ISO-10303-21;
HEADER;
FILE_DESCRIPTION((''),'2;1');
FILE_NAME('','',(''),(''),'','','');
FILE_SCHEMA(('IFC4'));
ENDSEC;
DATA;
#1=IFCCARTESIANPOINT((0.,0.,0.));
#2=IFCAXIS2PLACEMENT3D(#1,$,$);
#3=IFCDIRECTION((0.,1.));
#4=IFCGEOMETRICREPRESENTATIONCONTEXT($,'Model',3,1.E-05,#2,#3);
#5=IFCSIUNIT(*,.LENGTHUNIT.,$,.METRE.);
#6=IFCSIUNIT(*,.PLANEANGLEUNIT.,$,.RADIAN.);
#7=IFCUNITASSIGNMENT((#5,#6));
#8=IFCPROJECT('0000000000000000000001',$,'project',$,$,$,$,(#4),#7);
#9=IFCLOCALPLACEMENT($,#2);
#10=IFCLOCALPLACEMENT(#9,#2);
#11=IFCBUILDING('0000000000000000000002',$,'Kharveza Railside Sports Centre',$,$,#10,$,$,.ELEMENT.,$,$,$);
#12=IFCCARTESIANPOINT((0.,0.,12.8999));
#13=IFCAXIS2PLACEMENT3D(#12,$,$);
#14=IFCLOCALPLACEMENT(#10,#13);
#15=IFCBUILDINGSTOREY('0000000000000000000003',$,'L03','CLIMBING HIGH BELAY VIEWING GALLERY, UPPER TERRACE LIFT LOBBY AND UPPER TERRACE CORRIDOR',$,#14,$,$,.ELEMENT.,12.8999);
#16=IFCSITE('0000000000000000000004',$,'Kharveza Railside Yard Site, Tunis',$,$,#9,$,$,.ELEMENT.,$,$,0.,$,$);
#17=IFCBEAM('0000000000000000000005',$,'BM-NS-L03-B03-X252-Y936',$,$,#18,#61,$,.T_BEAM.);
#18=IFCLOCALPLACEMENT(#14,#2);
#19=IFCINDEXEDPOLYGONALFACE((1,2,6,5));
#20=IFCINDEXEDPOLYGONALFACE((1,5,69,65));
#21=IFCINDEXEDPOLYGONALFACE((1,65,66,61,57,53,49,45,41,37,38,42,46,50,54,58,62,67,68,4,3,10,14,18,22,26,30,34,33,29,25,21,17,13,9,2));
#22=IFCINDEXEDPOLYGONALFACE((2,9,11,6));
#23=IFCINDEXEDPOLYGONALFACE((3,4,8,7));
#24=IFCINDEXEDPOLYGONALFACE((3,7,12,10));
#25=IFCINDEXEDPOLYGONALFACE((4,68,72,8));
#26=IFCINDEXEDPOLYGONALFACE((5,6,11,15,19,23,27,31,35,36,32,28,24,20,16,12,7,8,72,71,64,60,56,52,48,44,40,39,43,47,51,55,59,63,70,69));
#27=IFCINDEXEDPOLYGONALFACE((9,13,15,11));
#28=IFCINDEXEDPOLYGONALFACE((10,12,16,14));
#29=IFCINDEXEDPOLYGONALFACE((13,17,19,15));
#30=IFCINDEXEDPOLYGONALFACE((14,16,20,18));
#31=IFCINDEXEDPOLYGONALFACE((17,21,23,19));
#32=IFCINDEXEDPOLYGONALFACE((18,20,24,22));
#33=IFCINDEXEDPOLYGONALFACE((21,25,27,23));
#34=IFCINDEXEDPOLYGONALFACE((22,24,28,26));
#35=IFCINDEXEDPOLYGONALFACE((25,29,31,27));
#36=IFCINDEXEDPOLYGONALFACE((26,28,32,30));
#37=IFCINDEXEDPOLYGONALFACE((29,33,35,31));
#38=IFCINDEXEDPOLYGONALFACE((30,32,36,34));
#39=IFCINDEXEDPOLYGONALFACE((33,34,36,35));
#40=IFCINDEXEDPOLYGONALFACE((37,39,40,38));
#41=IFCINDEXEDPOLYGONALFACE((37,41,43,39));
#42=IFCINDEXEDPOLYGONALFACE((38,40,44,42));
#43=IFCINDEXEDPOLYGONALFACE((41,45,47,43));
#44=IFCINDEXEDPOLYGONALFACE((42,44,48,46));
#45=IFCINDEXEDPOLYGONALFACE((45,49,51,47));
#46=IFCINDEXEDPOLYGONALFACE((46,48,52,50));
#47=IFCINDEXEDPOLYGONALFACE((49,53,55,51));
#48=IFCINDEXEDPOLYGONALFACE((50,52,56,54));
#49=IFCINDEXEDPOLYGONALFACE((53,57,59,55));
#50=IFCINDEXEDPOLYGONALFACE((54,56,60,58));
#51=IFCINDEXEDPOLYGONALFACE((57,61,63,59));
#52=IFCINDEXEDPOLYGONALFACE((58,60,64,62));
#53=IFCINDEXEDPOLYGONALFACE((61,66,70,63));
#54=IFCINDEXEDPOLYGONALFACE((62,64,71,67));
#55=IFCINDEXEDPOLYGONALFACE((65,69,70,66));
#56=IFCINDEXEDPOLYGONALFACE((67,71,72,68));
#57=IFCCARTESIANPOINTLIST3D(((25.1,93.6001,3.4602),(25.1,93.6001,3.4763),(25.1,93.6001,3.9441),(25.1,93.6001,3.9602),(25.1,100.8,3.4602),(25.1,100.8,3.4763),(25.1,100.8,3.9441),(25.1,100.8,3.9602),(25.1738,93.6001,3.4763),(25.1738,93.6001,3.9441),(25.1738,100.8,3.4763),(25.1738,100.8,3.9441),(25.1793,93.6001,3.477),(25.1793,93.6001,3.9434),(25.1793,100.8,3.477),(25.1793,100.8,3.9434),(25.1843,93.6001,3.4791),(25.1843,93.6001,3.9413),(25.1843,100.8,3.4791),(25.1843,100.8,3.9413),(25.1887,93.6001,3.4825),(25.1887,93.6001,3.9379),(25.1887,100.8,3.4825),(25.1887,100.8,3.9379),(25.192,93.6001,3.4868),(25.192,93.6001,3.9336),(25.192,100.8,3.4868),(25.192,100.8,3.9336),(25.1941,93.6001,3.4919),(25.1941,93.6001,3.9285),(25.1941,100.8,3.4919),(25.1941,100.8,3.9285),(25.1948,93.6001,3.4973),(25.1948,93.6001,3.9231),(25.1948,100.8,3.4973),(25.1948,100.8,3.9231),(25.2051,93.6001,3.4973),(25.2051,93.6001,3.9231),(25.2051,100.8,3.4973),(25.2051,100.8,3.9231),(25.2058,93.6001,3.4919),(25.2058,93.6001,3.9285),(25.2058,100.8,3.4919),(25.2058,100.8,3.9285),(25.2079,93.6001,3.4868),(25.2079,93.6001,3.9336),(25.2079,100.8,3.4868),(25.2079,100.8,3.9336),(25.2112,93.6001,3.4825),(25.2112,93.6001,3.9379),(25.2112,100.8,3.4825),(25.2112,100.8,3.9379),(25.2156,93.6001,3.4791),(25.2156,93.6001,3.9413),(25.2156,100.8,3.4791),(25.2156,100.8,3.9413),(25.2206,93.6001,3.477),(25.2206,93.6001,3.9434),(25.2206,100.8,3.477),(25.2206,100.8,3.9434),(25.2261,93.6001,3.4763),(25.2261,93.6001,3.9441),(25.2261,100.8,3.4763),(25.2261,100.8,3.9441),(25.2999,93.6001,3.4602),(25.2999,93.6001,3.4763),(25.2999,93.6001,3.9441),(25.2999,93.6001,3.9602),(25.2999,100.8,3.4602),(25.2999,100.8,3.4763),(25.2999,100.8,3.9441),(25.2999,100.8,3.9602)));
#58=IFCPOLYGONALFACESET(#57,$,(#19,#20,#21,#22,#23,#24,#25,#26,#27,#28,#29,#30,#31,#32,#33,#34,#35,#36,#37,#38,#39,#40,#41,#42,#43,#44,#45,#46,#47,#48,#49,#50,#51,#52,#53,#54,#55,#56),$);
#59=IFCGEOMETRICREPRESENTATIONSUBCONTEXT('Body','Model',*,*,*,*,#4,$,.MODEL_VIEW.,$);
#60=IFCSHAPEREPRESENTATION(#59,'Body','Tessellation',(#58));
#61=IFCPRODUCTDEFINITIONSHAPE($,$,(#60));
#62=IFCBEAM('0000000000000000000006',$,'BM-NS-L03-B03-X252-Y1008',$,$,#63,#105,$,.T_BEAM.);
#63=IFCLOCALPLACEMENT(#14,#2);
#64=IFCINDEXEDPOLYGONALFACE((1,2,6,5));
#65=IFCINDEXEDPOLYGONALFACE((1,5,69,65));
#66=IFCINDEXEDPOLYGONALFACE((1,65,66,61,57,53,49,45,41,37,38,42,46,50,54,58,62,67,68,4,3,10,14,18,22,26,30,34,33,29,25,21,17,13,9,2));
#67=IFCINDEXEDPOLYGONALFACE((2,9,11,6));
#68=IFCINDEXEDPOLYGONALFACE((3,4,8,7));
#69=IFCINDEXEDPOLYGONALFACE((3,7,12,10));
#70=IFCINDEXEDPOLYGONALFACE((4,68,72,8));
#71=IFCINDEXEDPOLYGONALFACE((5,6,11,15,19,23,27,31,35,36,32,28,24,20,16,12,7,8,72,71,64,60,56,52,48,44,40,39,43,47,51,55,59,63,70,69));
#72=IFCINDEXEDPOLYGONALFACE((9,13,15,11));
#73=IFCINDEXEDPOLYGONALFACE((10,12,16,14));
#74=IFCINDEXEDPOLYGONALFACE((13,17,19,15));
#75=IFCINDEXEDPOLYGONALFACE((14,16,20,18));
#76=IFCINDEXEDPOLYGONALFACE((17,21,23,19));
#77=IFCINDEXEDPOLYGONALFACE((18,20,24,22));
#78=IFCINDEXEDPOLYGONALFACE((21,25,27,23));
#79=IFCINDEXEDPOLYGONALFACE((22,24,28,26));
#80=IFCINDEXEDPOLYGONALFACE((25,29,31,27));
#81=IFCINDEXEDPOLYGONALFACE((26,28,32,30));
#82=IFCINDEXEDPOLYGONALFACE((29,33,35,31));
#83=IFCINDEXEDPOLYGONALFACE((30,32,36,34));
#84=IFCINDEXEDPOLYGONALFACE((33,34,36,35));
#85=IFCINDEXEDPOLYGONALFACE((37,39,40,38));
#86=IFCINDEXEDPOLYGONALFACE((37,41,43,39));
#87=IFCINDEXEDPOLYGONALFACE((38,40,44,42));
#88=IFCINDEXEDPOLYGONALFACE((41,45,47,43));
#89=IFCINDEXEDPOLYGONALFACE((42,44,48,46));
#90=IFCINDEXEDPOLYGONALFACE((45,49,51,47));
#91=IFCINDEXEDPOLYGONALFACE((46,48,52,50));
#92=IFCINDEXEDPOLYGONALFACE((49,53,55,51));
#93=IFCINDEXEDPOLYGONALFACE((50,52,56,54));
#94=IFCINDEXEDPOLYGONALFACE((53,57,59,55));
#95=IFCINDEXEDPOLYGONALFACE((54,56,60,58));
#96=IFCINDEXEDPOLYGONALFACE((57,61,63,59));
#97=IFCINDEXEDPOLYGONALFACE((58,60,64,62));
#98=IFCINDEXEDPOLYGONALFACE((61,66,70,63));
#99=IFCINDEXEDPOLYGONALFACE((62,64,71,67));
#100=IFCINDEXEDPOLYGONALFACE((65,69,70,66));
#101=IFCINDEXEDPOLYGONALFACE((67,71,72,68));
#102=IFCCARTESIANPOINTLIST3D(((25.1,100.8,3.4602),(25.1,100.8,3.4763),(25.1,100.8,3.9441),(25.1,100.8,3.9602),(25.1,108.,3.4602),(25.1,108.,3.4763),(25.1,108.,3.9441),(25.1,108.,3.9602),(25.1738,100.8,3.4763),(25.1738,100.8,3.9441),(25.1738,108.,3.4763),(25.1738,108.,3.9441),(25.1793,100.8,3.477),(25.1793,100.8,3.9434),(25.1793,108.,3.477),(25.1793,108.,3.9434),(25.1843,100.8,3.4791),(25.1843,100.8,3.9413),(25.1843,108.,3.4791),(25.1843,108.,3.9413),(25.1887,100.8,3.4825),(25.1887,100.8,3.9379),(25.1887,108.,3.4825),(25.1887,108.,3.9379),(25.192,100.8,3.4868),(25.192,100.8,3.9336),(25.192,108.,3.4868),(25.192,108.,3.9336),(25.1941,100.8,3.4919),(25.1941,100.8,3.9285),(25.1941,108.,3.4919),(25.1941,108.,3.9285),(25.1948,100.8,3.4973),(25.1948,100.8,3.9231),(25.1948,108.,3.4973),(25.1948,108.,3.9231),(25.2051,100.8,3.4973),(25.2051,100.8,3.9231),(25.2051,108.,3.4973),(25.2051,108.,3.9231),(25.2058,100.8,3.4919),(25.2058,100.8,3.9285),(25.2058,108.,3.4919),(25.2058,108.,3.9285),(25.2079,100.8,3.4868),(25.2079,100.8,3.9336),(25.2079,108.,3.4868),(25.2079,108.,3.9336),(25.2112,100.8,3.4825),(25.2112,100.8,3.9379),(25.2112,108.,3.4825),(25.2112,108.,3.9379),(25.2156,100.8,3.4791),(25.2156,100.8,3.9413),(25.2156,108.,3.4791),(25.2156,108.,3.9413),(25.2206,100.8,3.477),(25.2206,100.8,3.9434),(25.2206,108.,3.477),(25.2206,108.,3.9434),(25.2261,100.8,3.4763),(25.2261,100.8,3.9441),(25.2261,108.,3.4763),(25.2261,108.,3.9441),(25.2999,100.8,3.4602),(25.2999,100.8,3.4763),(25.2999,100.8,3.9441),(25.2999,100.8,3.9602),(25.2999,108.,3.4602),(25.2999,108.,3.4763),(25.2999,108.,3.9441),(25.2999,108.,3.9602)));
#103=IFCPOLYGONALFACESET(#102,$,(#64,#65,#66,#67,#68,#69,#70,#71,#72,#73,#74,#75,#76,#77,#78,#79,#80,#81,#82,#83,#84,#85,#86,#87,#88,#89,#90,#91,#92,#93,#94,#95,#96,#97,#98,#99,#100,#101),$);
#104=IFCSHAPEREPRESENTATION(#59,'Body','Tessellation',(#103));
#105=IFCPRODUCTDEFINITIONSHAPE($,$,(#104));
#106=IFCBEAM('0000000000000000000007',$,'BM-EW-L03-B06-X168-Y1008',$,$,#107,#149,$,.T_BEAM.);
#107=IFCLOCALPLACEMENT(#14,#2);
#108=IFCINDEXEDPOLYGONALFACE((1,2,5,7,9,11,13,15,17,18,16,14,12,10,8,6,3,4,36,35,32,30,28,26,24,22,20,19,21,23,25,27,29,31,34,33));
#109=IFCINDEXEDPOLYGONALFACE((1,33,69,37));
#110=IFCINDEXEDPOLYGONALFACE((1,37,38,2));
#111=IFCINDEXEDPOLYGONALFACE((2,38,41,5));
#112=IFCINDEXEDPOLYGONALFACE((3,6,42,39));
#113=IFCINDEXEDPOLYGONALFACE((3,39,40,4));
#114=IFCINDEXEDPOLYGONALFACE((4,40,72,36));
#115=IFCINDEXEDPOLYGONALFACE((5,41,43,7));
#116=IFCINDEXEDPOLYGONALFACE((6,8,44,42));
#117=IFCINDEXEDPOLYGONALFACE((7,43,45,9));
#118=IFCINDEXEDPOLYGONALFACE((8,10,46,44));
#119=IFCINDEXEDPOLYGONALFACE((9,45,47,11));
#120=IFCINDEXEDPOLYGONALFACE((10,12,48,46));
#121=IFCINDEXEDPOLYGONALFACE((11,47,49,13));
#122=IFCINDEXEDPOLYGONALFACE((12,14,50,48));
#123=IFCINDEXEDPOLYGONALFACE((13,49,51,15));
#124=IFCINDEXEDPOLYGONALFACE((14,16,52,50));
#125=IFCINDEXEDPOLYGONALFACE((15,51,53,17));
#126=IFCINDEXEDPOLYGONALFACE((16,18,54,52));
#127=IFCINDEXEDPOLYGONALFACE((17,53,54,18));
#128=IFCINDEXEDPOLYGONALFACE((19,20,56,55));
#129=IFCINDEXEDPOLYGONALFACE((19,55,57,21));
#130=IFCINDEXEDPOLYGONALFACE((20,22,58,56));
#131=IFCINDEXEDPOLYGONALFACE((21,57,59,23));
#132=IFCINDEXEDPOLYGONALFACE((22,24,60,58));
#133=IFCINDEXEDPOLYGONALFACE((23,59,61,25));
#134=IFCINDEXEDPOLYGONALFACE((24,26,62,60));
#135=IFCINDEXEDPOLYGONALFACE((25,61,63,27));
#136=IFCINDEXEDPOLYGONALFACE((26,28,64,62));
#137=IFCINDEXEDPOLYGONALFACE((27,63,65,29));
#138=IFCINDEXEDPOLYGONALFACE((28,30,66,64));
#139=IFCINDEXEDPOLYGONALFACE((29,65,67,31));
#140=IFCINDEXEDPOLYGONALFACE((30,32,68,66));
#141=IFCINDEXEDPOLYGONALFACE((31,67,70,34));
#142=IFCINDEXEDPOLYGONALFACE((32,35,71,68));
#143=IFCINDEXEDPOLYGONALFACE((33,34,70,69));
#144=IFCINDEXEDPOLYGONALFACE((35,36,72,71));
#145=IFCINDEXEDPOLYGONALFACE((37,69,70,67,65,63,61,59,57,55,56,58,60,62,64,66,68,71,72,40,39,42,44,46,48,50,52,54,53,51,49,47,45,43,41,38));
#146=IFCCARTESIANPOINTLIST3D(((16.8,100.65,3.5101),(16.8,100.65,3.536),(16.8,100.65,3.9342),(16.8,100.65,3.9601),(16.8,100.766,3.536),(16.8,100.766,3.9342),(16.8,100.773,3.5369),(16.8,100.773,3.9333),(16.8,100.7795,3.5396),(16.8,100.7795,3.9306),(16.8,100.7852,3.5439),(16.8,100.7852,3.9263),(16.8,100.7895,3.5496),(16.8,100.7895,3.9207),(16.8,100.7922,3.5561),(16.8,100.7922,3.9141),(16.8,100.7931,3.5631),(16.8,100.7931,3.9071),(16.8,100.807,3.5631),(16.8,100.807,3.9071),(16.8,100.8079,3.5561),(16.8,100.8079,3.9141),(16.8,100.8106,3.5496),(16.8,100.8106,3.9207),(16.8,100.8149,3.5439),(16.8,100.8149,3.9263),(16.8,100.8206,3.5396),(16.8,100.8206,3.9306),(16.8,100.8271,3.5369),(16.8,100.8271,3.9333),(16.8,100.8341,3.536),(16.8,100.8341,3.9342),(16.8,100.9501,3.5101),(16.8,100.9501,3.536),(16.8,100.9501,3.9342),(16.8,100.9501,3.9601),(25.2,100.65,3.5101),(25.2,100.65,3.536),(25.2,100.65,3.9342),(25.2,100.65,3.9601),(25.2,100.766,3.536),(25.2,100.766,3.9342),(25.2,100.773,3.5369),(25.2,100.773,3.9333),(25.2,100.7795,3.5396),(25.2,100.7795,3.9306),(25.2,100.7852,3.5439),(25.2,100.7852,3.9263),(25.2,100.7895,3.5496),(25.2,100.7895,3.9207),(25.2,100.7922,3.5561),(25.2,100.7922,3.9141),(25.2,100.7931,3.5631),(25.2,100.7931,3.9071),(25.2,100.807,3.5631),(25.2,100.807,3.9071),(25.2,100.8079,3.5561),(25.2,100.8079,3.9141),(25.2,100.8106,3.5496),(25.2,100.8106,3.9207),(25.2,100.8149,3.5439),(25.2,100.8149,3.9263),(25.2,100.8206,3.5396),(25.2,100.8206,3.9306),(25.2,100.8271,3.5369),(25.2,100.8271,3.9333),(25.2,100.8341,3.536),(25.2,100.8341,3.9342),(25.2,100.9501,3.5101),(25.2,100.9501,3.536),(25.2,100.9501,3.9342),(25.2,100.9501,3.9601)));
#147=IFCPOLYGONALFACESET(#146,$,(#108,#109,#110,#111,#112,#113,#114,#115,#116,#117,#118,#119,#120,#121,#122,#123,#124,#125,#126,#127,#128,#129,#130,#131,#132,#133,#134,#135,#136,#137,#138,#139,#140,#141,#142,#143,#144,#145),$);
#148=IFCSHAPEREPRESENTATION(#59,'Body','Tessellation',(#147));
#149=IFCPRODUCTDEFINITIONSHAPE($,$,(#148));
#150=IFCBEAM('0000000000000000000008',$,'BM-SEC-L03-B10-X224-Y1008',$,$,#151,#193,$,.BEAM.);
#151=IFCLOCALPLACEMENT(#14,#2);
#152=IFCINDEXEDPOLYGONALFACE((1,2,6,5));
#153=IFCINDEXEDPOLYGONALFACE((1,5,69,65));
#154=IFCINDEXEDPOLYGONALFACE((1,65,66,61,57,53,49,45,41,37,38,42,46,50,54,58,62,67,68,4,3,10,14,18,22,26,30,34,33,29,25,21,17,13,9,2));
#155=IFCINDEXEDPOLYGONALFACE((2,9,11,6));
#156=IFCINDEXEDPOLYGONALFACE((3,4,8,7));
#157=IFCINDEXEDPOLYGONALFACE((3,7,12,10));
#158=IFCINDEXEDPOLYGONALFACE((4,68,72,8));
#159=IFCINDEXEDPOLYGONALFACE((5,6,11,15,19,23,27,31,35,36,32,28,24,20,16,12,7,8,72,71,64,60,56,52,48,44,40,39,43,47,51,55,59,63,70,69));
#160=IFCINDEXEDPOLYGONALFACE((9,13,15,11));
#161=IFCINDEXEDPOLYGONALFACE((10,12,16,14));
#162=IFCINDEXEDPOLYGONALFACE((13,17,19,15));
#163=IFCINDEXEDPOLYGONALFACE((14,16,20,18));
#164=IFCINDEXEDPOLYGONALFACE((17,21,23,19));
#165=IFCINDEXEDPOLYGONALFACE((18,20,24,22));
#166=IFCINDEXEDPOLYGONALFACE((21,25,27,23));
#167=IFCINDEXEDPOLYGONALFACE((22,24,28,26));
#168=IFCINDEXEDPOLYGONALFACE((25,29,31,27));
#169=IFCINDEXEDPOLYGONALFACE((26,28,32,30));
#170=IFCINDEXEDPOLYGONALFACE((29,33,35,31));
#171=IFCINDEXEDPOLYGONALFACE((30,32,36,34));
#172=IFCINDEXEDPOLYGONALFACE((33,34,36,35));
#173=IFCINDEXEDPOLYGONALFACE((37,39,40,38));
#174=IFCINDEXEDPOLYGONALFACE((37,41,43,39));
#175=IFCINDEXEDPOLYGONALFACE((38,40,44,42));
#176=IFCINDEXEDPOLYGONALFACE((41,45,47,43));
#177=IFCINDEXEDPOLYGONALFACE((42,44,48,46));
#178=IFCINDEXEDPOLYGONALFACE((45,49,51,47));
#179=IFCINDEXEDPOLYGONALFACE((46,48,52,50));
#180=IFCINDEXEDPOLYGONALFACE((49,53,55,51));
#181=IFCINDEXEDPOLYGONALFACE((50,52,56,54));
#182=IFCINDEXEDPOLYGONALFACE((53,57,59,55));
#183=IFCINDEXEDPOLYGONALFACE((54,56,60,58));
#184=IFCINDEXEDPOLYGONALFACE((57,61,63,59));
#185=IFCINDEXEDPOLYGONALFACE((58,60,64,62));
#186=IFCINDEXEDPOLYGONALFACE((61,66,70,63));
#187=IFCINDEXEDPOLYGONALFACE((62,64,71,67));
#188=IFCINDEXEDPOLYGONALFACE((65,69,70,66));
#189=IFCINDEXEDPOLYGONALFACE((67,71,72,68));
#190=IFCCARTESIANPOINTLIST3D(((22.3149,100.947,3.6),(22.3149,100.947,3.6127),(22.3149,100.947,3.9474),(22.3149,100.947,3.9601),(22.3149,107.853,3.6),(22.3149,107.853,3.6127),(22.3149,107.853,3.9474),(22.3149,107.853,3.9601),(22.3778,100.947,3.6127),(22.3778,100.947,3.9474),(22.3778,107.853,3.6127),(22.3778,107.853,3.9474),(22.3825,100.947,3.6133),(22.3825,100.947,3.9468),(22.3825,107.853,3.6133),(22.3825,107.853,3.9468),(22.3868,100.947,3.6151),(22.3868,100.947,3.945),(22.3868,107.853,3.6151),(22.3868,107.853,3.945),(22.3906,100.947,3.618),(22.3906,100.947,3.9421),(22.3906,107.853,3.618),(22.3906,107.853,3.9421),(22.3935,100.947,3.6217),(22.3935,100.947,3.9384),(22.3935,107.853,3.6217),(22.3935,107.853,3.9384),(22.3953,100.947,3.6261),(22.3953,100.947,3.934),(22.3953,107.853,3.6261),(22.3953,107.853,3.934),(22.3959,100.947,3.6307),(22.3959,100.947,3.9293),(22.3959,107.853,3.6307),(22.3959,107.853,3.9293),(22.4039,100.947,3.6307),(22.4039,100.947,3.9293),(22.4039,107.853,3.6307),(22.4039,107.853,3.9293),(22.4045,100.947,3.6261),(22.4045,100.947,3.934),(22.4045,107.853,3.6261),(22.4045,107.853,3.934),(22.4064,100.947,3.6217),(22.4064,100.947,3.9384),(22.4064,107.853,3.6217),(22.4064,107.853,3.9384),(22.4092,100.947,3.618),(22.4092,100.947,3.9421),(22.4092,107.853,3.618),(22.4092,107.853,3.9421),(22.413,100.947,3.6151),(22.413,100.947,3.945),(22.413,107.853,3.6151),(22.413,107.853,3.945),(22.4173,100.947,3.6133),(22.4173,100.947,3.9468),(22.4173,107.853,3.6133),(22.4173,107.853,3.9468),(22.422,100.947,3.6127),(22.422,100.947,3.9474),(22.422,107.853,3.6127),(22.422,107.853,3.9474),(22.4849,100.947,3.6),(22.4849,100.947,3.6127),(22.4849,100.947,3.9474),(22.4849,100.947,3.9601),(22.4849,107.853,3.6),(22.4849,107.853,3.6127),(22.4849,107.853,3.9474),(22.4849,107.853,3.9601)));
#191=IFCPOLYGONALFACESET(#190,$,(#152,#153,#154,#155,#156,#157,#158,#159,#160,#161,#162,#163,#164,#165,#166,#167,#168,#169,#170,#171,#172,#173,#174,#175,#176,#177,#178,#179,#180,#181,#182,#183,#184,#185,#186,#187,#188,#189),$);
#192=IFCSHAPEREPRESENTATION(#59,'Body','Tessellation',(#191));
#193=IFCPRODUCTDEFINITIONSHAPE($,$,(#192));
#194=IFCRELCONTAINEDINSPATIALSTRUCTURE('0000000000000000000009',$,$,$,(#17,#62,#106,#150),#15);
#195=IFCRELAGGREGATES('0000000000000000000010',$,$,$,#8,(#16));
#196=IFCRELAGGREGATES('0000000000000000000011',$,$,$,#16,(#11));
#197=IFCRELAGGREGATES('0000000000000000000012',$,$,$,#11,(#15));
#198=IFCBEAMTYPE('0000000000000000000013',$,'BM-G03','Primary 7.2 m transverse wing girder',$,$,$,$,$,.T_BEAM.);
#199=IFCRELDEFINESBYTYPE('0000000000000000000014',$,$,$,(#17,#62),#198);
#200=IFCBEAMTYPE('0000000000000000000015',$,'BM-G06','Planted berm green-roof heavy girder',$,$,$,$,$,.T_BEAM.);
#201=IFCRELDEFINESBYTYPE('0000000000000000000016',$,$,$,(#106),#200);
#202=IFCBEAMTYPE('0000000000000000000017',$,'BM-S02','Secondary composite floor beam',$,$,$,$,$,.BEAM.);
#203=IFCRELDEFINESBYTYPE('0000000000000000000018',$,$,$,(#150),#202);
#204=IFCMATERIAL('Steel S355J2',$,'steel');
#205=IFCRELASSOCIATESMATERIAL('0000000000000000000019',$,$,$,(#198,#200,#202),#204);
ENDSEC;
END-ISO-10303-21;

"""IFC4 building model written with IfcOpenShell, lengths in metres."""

from ifc_helpers import new_model, si_unit, direction, frame, origin, origin_2d, place, context, subcontext, project, spatial, i_section, extrude, material, material_profile, profile_set, type_object, element, save


model = new_model("IFC4")

# Units and contexts
model_context = context("Model", 3, precision=1e-05, world=origin(), true_north=direction((0.0, 1.0)))
body_context = subcontext(model_context, "Body", "Model", "MODEL_VIEW")
ifc_project = project(units=[si_unit("LENGTHUNIT", "METRE"), si_unit("PLANEANGLEUNIT", "RADIAN")], contexts=[model_context])

# Site, building, storey
site_placement = place(None, origin())
site = spatial("IfcSite", under=ifc_project, at=site_placement, Name="Kharveza Railside Yard Site, Tunis", CompositionType="ELEMENT", RefElevation=0.0)
building_placement = place(site_placement, origin())
building = spatial("IfcBuilding", under=site, at=building_placement, Name="Kharveza Railside Sports Centre", CompositionType="ELEMENT")
storey_placement = place(building_placement, frame((0.0, 0.0, 12.8999)))
storey = spatial("IfcBuildingStorey", under=building, at=storey_placement, Name="L03", Description="CLIMBING HIGH BELAY VIEWING GALLERY, UPPER TERRACE LIFT LOBBY AND UPPER TERRACE CORRIDOR", CompositionType="ELEMENT", Elevation=12.8999)

# Shared definitions
ifc_material_1 = material(Name="Steel S355J2", Category="steel")

# Beams
ifc_material_profile_1 = material_profile(ifc_material_1, i_section(OverallWidth=0.2, OverallDepth=0.5, WebThickness=0.0103, FlangeThickness=0.0161, FilletRadius=0.021, at=origin_2d()), Name="IPE 500")
ifc_profile_set_1 = profile_set([ifc_material_profile_1], Name="Steel S355J2")
beam_type_1 = type_object("IfcBeamType", Name="BM-G03", Description="Primary 7.2 m transverse wing girder", PredefinedType="T_BEAM", material=ifc_profile_set_1)
for number, where, z_axis, x_axis, name in (
    (1, (25.2, 93.6001, 3.7102), (0.0, 1.0, 0.0), (-1.0, 0.0, 0.0), "BM-NS-L03-B03-X252-Y936"),
    (2, (25.2, 100.8, 3.7102), (0.0, 1.0, 0.0), (-1.0, 0.0, 0.0), "BM-NS-L03-B03-X252-Y1008"),
):
    element("IfcBeam", number, at=place(storey_placement, frame(where, z_axis=z_axis, x_axis=x_axis)), inside=storey, type_object=beam_type_1, Name=name, PredefinedType="T_BEAM", context=body_context, shape_type="SweptSolid", body=[
        extrude(i_section(OverallWidth=0.2, OverallDepth=0.5, WebThickness=0.0103, FlangeThickness=0.0161, FilletRadius=0.021, at=origin_2d()), origin(), (0.0, 0.0, 1.0), 7.2),
    ])
ifc_material_profile_2 = material_profile(ifc_material_1, i_section(OverallWidth=0.3, OverallDepth=0.45, WebThickness=0.0139, FlangeThickness=0.0259, FilletRadius=0.0271, at=origin_2d()), Name="HEB 450")
ifc_profile_set_2 = profile_set([ifc_material_profile_2], Name="Steel S355J2")
beam_type_2 = type_object("IfcBeamType", Name="BM-G06", Description="Planted berm green-roof heavy girder", PredefinedType="T_BEAM", material=ifc_profile_set_2)
beam_1_placement = place(storey_placement, frame((16.8, 100.8, 3.7351), z_axis=(1.0, 0.0, 0.0), x_axis=(0.0, 1.0, 0.0)))
element("IfcBeam", 3, at=beam_1_placement, inside=storey, type_object=beam_type_2, Name="BM-EW-L03-B06-X168-Y1008", PredefinedType="T_BEAM", context=body_context, shape_type="SweptSolid", body=[
    extrude(i_section(OverallWidth=0.3, OverallDepth=0.45, WebThickness=0.0139, FlangeThickness=0.0259, FilletRadius=0.0271, at=origin_2d()), origin(), (0.0, 0.0, 1.0), 8.3999),
])
ifc_material_profile_3 = material_profile(ifc_material_1, i_section(OverallWidth=0.1699, OverallDepth=0.3601, WebThickness=0.0081, FlangeThickness=0.0127, FilletRadius=0.0181, at=origin_2d()), Name="IPE 360")
ifc_profile_set_3 = profile_set([ifc_material_profile_3], Name="Steel S355J2")
beam_type_3 = type_object("IfcBeamType", Name="BM-S02", Description="Secondary composite floor beam", PredefinedType="BEAM", material=ifc_profile_set_3)
beam_2_placement = place(storey_placement, frame((22.3999, 100.947, 3.78), z_axis=(0.0, 1.0, 0.0), x_axis=(-1.0, 0.0, 0.0)))
element("IfcBeam", 4, at=beam_2_placement, inside=storey, type_object=beam_type_3, Name="BM-SEC-L03-B10-X224-Y1008", PredefinedType="BEAM", context=body_context, shape_type="SweptSolid", body=[
    extrude(i_section(OverallWidth=0.1699, OverallDepth=0.3601, WebThickness=0.0081, FlangeThickness=0.0127, FilletRadius=0.0181, at=origin_2d()), origin(), (0.0, 0.0, 1.0), 6.906),
])

save(model, "model.ifc")
